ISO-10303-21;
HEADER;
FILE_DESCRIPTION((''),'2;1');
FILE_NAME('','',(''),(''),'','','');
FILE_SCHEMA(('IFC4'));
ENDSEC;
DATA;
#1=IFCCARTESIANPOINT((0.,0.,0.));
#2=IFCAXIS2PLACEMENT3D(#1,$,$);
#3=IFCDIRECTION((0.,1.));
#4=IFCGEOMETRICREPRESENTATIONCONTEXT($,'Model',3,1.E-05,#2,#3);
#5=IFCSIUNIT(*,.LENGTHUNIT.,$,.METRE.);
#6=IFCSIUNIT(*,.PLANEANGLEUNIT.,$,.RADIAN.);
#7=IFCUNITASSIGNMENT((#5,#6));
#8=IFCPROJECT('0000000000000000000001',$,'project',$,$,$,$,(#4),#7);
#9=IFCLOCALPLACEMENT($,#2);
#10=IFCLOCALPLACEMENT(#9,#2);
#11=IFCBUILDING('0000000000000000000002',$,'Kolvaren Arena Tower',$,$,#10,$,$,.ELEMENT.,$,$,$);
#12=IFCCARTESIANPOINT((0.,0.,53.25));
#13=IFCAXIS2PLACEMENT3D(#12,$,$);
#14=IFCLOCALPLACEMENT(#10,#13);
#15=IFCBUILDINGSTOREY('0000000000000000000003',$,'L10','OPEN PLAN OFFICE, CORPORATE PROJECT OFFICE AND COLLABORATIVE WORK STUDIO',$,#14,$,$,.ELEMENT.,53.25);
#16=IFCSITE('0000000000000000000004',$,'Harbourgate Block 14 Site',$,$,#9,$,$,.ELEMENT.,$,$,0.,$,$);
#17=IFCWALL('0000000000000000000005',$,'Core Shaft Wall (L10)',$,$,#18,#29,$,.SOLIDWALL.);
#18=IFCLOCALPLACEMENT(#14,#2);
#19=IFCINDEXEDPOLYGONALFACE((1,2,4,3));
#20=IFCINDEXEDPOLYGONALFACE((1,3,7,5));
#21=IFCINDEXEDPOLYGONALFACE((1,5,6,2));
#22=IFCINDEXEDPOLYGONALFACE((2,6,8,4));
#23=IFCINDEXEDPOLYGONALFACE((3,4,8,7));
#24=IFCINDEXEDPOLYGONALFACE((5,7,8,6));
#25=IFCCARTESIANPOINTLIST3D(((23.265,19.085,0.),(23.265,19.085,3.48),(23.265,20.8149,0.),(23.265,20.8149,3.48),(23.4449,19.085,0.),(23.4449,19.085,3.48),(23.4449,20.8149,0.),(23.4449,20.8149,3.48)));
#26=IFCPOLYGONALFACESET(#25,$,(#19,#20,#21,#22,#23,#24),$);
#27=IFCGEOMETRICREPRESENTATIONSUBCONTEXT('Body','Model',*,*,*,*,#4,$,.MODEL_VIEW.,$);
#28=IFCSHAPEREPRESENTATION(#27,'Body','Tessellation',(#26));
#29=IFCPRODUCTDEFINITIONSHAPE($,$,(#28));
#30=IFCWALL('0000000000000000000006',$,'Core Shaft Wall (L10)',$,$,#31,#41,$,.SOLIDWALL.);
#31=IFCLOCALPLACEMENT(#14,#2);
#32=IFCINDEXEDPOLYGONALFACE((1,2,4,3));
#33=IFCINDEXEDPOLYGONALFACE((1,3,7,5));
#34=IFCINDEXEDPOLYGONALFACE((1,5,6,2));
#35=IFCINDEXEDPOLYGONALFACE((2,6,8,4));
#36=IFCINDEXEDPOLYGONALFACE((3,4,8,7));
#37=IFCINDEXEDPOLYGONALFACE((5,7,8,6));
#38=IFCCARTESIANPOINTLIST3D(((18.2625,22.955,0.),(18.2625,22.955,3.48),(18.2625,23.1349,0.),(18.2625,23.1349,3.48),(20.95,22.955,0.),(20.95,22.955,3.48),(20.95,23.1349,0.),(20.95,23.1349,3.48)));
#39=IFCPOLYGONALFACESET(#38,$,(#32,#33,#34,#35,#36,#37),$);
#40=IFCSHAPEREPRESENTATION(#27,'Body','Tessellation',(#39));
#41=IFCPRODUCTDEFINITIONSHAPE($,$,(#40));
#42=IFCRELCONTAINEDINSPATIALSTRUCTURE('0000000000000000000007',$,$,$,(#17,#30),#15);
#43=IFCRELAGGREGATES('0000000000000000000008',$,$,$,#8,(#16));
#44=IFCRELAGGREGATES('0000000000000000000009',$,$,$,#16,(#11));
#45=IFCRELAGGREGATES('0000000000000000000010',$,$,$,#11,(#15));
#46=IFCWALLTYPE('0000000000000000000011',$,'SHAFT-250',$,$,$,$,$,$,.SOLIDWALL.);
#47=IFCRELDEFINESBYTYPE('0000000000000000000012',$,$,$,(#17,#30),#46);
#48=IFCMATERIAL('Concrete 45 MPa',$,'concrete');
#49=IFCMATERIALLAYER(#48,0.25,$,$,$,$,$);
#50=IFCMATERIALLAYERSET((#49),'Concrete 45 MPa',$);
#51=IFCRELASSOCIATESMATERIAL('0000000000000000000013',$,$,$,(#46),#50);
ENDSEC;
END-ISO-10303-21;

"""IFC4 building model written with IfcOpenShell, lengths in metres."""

from ifc_helpers import new_model, si_unit, direction, frame, frame_2d, origin, place, context, subcontext, project, spatial, rectangle, extrude, material, layer, layer_set, type_object, element, save


model = new_model("IFC4")

# Units and contexts
model_context = context("Model", 3, precision=1e-05, world=origin(), true_north=direction((0.0, 1.0)))
body_context = subcontext(model_context, "Body", "Model", "MODEL_VIEW")
ifc_project = project(units=[si_unit("LENGTHUNIT", "METRE"), si_unit("PLANEANGLEUNIT", "RADIAN")], contexts=[model_context])

# Site, building, storey
site_placement = place(None, origin())
site = spatial("IfcSite", under=ifc_project, at=site_placement, Name="Harbourgate Block 14 Site", CompositionType="ELEMENT", RefElevation=0.0)
building_placement = place(site_placement, origin())
building = spatial("IfcBuilding", under=site, at=building_placement, Name="Kolvaren Arena Tower", CompositionType="ELEMENT")
storey_placement = place(building_placement, frame((0.0, 0.0, 53.25)))
storey = spatial("IfcBuildingStorey", under=building, at=storey_placement, Name="L10", Description="OPEN PLAN OFFICE, CORPORATE PROJECT OFFICE AND COLLABORATIVE WORK STUDIO", CompositionType="ELEMENT", Elevation=53.25)

# Walls
ifc_material_1 = material(Name="Concrete 45 MPa", Category="concrete")
ifc_layer_1 = layer(ifc_material_1, 0.25)
ifc_layer_set_1 = layer_set([ifc_layer_1], Name="Concrete 45 MPa")
wall_type_1 = type_object("IfcWallType", Name="SHAFT-250", PredefinedType="SOLIDWALL", material=ifc_layer_set_1)
for number, where, z_axis, x_axis, name in (
    (1, (23.355, 19.085, 0.0), (0.0, 0.0, 1.0), (0.0, 1.0, 0.0), "Core Shaft Wall (L10)"),
):
    element("IfcWall", number, at=place(storey_placement, frame(where, z_axis=z_axis, x_axis=x_axis)), inside=storey, type_object=wall_type_1, Name=name, PredefinedType="SOLIDWALL", context=body_context, shape_type="SweptSolid", body=[
        extrude(rectangle(XDim=1.73, YDim=0.1799, at=frame_2d((0.865, 0.0))), origin(), (0.0, 0.0, 1.0), 3.48),
    ])
wall_1_placement = place(storey_placement, frame((18.2625, 23.0449, 0.0), z_axis=(0.0, 0.0, 1.0), x_axis=(1.0, 0.0, 0.0)))
element("IfcWall", 2, at=wall_1_placement, inside=storey, type_object=wall_type_1, Name="Core Shaft Wall (L10)", PredefinedType="SOLIDWALL", context=body_context, shape_type="SweptSolid", body=[
    extrude(rectangle(XDim=2.6875, YDim=0.1799, at=frame_2d((1.3438, 0.0))), origin(), (0.0, 0.0, 1.0), 3.48),
])

save(model, "model.ifc")
